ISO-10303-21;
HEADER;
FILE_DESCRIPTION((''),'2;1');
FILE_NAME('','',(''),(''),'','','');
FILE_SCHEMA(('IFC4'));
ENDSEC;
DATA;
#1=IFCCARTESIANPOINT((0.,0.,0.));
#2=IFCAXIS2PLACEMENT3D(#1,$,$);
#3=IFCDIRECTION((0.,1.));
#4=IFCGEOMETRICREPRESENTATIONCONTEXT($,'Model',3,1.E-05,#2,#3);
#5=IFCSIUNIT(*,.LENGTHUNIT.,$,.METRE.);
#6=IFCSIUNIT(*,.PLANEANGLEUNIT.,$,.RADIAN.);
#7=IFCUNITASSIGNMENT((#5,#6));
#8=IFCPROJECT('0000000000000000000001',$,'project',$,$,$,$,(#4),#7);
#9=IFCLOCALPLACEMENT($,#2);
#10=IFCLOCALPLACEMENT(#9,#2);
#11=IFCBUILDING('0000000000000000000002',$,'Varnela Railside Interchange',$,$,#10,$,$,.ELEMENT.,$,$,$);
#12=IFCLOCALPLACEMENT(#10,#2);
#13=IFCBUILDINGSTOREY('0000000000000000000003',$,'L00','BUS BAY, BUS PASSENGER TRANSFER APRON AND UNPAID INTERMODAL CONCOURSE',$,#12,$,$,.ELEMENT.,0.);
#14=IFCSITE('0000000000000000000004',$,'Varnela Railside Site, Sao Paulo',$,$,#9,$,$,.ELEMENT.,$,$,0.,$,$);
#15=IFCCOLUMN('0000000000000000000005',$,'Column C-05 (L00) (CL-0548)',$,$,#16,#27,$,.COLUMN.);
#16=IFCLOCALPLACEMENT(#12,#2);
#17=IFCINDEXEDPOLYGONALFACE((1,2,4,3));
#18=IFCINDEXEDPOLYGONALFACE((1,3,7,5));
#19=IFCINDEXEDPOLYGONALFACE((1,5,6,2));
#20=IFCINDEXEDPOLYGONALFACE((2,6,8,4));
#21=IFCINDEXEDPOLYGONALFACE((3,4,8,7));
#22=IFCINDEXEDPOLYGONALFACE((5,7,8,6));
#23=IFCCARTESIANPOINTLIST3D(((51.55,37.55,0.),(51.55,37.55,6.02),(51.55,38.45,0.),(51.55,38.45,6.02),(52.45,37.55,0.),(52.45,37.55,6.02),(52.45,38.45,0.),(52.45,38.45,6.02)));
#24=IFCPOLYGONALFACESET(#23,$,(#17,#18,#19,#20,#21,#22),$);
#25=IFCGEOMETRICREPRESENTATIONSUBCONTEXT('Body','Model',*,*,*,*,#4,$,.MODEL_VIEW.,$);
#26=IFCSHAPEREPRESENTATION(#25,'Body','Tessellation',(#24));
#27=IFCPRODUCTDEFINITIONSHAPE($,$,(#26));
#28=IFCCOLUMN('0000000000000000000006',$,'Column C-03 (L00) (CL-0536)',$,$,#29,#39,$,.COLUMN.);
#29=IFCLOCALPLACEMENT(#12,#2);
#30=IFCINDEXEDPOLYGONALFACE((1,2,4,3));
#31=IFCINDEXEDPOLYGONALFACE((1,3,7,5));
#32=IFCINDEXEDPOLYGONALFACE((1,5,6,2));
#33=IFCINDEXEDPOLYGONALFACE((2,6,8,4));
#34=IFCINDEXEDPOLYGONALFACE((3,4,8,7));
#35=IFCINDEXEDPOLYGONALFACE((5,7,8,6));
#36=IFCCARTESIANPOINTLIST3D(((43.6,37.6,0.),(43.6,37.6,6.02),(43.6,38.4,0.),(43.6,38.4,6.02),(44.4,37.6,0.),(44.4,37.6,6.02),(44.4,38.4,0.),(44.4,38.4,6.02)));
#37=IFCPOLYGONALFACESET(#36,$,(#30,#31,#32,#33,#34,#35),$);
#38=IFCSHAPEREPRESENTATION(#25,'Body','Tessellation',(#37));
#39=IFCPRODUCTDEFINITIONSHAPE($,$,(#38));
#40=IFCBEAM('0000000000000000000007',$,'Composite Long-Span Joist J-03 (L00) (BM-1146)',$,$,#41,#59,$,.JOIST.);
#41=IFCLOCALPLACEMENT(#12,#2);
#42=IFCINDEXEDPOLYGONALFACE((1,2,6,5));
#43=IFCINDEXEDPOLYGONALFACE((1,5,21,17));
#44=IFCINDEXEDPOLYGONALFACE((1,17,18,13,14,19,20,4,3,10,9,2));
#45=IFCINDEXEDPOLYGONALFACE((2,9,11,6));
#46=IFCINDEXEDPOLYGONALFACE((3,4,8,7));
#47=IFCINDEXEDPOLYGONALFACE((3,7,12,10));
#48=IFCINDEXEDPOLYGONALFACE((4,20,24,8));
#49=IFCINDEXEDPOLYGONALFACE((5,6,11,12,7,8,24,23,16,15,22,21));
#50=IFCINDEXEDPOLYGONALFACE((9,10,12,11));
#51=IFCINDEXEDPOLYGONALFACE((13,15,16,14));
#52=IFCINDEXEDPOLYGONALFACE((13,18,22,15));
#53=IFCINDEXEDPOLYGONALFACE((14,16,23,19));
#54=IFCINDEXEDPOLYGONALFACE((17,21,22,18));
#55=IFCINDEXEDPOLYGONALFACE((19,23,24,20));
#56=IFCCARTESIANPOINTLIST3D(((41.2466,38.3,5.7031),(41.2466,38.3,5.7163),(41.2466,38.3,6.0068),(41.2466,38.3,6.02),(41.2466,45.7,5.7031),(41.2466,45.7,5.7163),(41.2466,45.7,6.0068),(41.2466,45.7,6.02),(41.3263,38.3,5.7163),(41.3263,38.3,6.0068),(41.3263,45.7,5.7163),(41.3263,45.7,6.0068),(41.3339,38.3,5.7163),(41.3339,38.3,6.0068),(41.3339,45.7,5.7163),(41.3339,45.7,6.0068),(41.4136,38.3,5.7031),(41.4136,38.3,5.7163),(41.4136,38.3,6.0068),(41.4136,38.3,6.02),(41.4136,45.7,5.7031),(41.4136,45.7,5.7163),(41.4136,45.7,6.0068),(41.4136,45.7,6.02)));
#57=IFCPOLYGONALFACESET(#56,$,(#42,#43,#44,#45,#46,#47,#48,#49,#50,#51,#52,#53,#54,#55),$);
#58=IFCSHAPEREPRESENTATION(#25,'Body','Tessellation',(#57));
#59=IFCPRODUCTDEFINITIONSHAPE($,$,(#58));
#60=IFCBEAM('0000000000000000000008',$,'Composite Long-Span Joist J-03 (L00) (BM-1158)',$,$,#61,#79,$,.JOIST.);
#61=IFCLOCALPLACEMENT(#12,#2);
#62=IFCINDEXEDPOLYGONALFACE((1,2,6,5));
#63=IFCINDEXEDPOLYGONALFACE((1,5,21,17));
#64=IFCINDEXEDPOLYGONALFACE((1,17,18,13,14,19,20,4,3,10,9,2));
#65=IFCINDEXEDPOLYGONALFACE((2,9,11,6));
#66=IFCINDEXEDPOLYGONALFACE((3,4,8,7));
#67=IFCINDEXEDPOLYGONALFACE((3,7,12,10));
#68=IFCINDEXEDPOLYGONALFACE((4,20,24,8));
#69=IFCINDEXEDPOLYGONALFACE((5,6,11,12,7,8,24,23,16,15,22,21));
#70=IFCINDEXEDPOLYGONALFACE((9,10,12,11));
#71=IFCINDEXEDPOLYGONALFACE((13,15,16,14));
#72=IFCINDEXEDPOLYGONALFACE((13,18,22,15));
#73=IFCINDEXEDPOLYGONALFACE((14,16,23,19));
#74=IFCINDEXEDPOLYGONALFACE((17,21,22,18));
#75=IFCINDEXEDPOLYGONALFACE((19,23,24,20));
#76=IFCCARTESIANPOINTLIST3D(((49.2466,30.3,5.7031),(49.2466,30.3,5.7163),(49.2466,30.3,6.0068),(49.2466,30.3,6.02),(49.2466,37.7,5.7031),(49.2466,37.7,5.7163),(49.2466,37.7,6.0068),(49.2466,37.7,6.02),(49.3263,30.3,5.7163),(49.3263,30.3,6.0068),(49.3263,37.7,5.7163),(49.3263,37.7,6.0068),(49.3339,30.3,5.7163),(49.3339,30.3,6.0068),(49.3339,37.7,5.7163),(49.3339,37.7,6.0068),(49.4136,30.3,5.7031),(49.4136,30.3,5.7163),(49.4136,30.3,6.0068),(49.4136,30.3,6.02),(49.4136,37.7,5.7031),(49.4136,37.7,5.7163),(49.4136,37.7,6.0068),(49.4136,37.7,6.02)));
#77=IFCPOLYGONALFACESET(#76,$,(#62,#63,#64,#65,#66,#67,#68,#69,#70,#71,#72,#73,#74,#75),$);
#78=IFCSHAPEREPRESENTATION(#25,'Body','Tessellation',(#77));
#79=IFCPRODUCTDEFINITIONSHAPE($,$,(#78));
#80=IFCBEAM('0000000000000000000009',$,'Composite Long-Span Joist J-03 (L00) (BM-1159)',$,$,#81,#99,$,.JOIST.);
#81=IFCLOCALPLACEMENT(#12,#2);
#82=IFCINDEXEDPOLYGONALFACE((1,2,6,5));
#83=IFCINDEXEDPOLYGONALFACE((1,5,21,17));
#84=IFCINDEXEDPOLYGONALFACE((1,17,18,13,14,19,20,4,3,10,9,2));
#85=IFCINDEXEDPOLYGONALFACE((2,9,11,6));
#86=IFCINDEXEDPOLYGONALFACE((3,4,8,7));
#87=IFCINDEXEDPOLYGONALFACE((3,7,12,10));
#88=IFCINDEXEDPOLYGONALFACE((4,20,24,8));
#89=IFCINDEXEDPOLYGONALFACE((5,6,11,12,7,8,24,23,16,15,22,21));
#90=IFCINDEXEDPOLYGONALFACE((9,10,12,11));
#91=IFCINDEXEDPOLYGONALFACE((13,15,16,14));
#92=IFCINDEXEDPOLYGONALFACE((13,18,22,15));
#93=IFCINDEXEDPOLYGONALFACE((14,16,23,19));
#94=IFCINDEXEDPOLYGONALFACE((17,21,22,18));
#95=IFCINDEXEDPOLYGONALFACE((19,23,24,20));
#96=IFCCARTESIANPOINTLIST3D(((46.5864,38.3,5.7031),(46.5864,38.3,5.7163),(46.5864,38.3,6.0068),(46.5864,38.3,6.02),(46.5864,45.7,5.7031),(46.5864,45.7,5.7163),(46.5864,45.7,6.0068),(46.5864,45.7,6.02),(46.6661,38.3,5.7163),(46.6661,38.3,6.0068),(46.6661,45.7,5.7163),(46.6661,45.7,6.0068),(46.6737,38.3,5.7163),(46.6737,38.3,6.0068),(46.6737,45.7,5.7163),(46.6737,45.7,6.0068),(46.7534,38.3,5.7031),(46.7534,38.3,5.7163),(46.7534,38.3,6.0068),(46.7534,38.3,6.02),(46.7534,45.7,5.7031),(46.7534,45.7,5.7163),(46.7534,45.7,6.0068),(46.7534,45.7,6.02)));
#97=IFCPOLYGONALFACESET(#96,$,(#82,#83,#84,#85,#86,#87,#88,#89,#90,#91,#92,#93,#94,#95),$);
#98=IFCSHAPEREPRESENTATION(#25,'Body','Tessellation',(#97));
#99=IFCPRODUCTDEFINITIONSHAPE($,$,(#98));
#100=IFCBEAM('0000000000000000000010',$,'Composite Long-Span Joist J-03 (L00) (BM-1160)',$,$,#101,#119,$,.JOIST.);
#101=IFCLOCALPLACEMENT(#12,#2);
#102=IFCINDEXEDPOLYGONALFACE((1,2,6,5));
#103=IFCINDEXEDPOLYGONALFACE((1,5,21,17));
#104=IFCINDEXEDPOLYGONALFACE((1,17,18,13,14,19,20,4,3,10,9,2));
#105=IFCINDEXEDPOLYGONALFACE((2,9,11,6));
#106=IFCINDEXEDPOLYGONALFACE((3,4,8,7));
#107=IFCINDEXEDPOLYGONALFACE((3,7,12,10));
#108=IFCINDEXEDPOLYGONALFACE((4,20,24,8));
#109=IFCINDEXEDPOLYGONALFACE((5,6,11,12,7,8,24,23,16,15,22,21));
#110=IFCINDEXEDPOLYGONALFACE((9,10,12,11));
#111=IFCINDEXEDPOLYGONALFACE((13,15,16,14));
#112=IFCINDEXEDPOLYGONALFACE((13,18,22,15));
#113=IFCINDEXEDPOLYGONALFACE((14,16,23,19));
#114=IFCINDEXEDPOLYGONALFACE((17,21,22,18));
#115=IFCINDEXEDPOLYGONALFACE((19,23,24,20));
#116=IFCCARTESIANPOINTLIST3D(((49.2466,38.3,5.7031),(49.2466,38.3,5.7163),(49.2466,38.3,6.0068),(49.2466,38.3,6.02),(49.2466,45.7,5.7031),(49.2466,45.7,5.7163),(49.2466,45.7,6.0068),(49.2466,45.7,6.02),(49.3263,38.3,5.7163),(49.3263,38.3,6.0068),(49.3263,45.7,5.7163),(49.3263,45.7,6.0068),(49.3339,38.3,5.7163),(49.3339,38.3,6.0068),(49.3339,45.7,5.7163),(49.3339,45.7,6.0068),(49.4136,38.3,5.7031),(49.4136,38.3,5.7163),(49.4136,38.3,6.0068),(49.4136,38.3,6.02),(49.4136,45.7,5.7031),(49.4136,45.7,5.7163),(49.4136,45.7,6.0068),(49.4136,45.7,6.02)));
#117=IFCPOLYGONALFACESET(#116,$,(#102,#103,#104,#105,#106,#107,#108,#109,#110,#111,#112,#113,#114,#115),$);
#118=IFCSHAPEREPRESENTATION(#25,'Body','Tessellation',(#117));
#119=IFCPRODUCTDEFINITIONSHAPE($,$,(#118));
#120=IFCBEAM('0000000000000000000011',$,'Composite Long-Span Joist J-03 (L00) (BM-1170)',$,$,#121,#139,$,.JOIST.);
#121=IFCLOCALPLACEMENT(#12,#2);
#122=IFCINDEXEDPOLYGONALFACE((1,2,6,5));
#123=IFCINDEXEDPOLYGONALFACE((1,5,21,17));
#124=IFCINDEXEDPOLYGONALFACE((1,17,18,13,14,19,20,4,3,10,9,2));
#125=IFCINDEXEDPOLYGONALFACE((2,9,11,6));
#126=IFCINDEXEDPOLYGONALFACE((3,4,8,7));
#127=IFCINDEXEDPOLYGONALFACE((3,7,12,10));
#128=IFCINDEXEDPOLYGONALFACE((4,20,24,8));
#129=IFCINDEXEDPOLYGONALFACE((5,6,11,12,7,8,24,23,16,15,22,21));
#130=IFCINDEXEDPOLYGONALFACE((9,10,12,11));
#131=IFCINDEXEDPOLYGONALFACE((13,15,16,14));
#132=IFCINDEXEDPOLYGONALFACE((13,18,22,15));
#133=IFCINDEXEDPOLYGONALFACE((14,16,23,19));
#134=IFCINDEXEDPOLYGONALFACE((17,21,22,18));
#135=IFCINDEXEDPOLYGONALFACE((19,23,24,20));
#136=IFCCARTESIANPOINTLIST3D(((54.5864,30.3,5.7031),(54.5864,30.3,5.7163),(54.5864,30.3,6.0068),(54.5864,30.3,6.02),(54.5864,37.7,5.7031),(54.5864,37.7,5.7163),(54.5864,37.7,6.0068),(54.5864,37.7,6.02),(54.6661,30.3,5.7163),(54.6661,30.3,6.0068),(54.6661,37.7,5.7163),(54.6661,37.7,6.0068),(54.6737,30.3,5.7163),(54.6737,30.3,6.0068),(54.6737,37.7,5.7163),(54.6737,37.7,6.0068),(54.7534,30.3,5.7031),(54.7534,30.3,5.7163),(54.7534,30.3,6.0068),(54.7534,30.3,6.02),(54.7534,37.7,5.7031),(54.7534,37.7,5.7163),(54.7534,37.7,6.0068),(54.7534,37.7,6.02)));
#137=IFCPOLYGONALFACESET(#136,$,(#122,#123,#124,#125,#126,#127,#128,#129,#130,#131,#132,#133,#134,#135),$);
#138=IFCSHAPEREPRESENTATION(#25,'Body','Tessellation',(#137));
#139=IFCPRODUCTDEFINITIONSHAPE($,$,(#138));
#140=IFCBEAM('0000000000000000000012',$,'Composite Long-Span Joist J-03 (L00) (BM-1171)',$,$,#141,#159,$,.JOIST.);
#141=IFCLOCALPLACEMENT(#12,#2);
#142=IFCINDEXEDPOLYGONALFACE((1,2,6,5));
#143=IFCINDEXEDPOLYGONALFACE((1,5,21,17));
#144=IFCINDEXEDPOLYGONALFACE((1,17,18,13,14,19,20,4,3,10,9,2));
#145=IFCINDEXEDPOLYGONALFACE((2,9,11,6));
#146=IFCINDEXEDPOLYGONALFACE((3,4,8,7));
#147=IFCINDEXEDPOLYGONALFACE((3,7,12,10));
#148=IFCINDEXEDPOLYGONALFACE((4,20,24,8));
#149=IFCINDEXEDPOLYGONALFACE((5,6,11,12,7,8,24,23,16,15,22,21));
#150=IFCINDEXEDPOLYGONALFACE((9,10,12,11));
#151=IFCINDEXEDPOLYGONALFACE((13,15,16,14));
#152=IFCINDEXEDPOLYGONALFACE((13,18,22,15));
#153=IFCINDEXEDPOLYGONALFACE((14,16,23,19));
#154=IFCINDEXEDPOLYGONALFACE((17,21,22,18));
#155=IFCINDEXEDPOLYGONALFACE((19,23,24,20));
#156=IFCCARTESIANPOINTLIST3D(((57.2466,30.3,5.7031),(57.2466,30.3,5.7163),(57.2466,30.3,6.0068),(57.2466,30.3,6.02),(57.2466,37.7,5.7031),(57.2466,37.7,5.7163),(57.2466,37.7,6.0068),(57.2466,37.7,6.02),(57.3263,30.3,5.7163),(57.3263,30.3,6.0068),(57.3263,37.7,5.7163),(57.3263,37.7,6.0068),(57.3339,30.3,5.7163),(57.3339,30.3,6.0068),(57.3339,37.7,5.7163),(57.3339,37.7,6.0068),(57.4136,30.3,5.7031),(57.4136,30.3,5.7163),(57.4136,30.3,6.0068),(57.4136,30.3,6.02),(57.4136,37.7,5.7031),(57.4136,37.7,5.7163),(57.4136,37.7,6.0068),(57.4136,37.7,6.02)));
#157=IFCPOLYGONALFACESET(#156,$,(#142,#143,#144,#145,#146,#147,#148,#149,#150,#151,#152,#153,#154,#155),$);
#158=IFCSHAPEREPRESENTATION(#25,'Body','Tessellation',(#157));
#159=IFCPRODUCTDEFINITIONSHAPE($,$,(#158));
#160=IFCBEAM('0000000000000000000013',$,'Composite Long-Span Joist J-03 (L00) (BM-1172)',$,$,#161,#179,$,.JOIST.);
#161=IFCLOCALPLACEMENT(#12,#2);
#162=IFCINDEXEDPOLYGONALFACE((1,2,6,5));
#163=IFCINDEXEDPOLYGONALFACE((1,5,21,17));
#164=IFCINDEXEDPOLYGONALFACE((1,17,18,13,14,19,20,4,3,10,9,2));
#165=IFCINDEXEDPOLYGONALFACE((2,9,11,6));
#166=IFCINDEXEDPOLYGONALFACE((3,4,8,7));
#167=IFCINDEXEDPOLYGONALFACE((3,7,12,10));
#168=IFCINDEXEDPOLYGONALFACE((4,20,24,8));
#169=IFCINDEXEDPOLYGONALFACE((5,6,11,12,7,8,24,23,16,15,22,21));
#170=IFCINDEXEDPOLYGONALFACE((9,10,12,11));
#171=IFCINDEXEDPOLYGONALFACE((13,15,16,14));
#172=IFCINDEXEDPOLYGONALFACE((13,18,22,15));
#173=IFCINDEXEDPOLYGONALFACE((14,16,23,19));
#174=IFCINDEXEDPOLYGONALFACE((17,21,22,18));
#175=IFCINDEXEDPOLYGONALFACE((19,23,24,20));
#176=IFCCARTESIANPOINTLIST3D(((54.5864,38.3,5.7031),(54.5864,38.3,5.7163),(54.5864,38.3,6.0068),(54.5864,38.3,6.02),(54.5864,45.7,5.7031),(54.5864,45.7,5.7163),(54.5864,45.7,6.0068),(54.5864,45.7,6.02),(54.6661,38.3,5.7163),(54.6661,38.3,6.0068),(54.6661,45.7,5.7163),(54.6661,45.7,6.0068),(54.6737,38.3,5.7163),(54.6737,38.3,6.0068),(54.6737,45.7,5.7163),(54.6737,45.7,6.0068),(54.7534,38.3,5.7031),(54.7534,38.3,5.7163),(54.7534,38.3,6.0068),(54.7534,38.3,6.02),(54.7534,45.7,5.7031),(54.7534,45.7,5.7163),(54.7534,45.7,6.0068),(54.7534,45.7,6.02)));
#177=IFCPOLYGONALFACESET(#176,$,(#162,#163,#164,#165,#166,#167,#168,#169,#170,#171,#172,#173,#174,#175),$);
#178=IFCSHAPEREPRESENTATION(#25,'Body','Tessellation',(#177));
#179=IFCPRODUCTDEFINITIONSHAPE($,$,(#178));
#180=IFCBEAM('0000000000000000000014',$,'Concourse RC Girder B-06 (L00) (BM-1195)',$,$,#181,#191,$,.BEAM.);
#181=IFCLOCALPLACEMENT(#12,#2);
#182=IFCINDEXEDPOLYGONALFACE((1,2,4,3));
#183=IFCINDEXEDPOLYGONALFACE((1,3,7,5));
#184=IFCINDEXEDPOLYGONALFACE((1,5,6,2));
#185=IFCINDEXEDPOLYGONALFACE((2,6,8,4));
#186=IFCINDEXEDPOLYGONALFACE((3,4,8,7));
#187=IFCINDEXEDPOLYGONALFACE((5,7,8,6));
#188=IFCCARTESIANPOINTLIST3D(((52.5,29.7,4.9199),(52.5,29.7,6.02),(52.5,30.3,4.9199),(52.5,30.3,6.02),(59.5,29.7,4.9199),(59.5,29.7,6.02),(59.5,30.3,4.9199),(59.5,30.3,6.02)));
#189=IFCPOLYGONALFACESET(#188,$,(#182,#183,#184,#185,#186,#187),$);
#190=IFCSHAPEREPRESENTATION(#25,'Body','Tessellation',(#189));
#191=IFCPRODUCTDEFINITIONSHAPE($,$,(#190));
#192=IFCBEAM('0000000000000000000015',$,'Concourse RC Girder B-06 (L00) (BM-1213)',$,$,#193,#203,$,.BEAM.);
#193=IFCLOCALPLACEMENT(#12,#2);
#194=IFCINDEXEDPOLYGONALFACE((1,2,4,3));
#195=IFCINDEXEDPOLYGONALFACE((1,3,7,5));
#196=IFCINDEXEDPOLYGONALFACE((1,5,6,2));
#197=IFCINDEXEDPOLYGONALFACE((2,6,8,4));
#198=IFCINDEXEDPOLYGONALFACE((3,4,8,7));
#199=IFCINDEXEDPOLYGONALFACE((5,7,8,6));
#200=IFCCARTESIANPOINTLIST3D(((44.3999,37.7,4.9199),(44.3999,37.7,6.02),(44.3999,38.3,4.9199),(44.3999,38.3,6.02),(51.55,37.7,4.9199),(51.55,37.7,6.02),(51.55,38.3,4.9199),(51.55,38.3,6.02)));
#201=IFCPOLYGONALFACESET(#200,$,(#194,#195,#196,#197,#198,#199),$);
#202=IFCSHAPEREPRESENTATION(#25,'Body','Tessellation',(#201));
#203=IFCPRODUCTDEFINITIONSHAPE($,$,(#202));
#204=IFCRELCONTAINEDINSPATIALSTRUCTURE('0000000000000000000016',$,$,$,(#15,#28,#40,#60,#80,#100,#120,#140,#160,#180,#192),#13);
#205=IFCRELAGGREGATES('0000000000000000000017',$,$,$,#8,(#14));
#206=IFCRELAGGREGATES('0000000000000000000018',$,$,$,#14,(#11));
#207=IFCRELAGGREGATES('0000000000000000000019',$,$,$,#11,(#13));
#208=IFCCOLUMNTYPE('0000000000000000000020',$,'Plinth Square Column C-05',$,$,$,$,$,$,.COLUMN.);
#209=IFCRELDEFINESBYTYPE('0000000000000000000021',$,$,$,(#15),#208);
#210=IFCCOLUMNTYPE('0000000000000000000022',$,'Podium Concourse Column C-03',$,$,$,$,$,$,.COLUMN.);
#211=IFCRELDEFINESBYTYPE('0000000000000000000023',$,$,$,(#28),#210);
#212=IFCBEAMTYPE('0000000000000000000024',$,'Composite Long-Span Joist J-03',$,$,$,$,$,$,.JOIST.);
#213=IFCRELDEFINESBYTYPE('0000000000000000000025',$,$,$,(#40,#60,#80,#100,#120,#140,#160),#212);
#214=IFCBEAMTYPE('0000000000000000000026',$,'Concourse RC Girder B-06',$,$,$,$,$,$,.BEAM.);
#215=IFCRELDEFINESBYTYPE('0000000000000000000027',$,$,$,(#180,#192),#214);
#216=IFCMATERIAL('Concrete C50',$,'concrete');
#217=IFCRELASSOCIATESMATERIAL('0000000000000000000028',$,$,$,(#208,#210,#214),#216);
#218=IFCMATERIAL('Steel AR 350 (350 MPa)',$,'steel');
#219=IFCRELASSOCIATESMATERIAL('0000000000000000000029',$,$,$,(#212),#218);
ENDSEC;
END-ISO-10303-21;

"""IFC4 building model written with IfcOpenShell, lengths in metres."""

from ifc_helpers import new_model, si_unit, direction, frame, origin, origin_2d, place, context, subcontext, project, spatial, rectangle, i_section, extrude, material, material_profile, profile_set, type_object, element, save


model = new_model("IFC4")

# Units and contexts
model_context = context("Model", 3, precision=1e-05, world=origin(), true_north=direction((0.0, 1.0)))
body_context = subcontext(model_context, "Body", "Model", "MODEL_VIEW")
ifc_project = project(units=[si_unit("LENGTHUNIT", "METRE"), si_unit("PLANEANGLEUNIT", "RADIAN")], contexts=[model_context])

# Site, building, storey
site_placement = place(None, origin())
site = spatial("IfcSite", under=ifc_project, at=site_placement, Name="Varnela Railside Site, Sao Paulo", CompositionType="ELEMENT", RefElevation=0.0)
building_placement = place(site_placement, origin())
building = spatial("IfcBuilding", under=site, at=building_placement, Name="Varnela Railside Interchange", CompositionType="ELEMENT")
storey_placement = place(building_placement, origin())
storey = spatial("IfcBuildingStorey", under=building, at=storey_placement, Name="L00", Description="BUS BAY, BUS PASSENGER TRANSFER APRON AND UNPAID INTERMODAL CONCOURSE", CompositionType="ELEMENT", Elevation=0.0)

# Columns
ifc_material_1 = material(Name="Concrete C50", Category="concrete")
ifc_material_profile_1 = material_profile(ifc_material_1, rectangle(XDim=0.8999, YDim=0.8999, at=origin_2d()), Name="RC 900x900")
ifc_profile_set_1 = profile_set([ifc_material_profile_1], Name="Concrete C50")
column_type_1 = type_object("IfcColumnType", Name="Plinth Square Column C-05", PredefinedType="COLUMN", material=ifc_profile_set_1)
column_1_placement = place(storey_placement, frame((52.0, 38.0, 0.0), z_axis=(0.0, 0.0, 1.0), x_axis=(1.0, 0.0, 0.0)))
element("IfcColumn", 1, at=column_1_placement, inside=storey, type_object=column_type_1, Name="Column C-05 (L00) (CL-0548)", PredefinedType="COLUMN", context=body_context, shape_type="SweptSolid", body=[
    extrude(rectangle(XDim=0.8999, YDim=0.8999, at=origin_2d()), origin(), (0.0, 0.0, 1.0), 6.02),
])
ifc_material_profile_2 = material_profile(ifc_material_1, rectangle(XDim=0.8, YDim=0.8, at=origin_2d()), Name="RC 800x800")
ifc_profile_set_2 = profile_set([ifc_material_profile_2], Name="Concrete C50")
column_type_2 = type_object("IfcColumnType", Name="Podium Concourse Column C-03", PredefinedType="COLUMN", material=ifc_profile_set_2)
column_2_placement = place(storey_placement, frame((44.0, 38.0, 0.0), z_axis=(0.0, 0.0, 1.0), x_axis=(1.0, 0.0, 0.0)))
element("IfcColumn", 2, at=column_2_placement, inside=storey, type_object=column_type_2, Name="Column C-03 (L00) (CL-0536)", PredefinedType="COLUMN", context=body_context, shape_type="SweptSolid", body=[
    extrude(rectangle(XDim=0.8, YDim=0.8, at=origin_2d()), origin(), (0.0, 0.0, 1.0), 6.02),
])

# Beams
ifc_material_2 = material(Name="Steel AR 350 (350 MPa)", Category="steel")
ifc_material_profile_3 = material_profile(ifc_material_2, i_section(OverallWidth=0.167, OverallDepth=0.3169, WebThickness=0.0076, FlangeThickness=0.0132, at=origin_2d()), Name="W310x52")
ifc_profile_set_3 = profile_set([ifc_material_profile_3], Name="Steel AR 350 (350 MPa)")
beam_type_1 = type_object("IfcBeamType", Name="Composite Long-Span Joist J-03", PredefinedType="JOIST", material=ifc_profile_set_3)
for number, where, z_axis, x_axis, name in (
    (3, (41.3301, 38.3, 5.8616), (0.0, 1.0, 0.0), (-1.0, 0.0, 0.0), "Composite Long-Span Joist J-03 (L00) (BM-1146)"),
    (4, (49.3301, 30.3, 5.8616), (0.0, 1.0, 0.0), (-1.0, 0.0, 0.0), "Composite Long-Span Joist J-03 (L00) (BM-1158)"),
    (5, (46.6699, 38.3, 5.8616), (0.0, 1.0, 0.0), (-1.0, 0.0, 0.0), "Composite Long-Span Joist J-03 (L00) (BM-1159)"),
    (6, (49.3301, 38.3, 5.8616), (0.0, 1.0, 0.0), (-1.0, 0.0, 0.0), "Composite Long-Span Joist J-03 (L00) (BM-1160)"),
    (7, (54.6699, 30.3, 5.8616), (0.0, 1.0, 0.0), (-1.0, 0.0, 0.0), "Composite Long-Span Joist J-03 (L00) (BM-1170)"),
    (8, (57.3301, 30.3, 5.8616), (0.0, 1.0, 0.0), (-1.0, 0.0, 0.0), "Composite Long-Span Joist J-03 (L00) (BM-1171)"),
    (9, (54.6699, 38.3, 5.8616), (0.0, 1.0, 0.0), (-1.0, 0.0, 0.0), "Composite Long-Span Joist J-03 (L00) (BM-1172)"),
):
    element("IfcBeam", number, at=place(storey_placement, frame(where, z_axis=z_axis, x_axis=x_axis)), inside=storey, type_object=beam_type_1, Name=name, PredefinedType="JOIST", context=body_context, shape_type="SweptSolid", body=[
        extrude(i_section(OverallWidth=0.167, OverallDepth=0.3169, WebThickness=0.0076, FlangeThickness=0.0132, at=origin_2d()), origin(), (0.0, 0.0, 1.0), 7.3999),
    ])
ifc_material_profile_4 = material_profile(ifc_material_1, rectangle(XDim=0.6001, YDim=1.1001, at=origin_2d()), Name="RC 600x1100")
ifc_profile_set_4 = profile_set([ifc_material_profile_4], Name="Concrete C50")
beam_type_2 = type_object("IfcBeamType", Name="Concourse RC Girder B-06", PredefinedType="BEAM", material=ifc_profile_set_4)
beam_1_placement = place(storey_placement, frame((52.5, 30.0, 5.47), z_axis=(1.0, 0.0, 0.0), x_axis=(0.0, 1.0, 0.0)))
element("IfcBeam", 10, at=beam_1_placement, inside=storey, type_object=beam_type_2, Name="Concourse RC Girder B-06 (L00) (BM-1195)", PredefinedType="BEAM", context=body_context, shape_type="SweptSolid", body=[
    extrude(rectangle(XDim=0.6001, YDim=1.1001, at=origin_2d()), origin(), (0.0, 0.0, 1.0), 7.0),
])
for number, where, z_axis, x_axis, name in (
    (11, (44.3999, 38.0, 5.47), (1.0, 0.0, 0.0), (0.0, 1.0, 0.0), "Concourse RC Girder B-06 (L00) (BM-1213)"),
):
    element("IfcBeam", number, at=place(storey_placement, frame(where, z_axis=z_axis, x_axis=x_axis)), inside=storey, type_object=beam_type_2, Name=name, PredefinedType="BEAM", context=body_context, shape_type="SweptSolid", body=[
        extrude(rectangle(XDim=0.6001, YDim=1.1001, at=origin_2d()), origin(), (0.0, 0.0, 1.0), 7.1501),
    ])

save(model, "model.ifc")
